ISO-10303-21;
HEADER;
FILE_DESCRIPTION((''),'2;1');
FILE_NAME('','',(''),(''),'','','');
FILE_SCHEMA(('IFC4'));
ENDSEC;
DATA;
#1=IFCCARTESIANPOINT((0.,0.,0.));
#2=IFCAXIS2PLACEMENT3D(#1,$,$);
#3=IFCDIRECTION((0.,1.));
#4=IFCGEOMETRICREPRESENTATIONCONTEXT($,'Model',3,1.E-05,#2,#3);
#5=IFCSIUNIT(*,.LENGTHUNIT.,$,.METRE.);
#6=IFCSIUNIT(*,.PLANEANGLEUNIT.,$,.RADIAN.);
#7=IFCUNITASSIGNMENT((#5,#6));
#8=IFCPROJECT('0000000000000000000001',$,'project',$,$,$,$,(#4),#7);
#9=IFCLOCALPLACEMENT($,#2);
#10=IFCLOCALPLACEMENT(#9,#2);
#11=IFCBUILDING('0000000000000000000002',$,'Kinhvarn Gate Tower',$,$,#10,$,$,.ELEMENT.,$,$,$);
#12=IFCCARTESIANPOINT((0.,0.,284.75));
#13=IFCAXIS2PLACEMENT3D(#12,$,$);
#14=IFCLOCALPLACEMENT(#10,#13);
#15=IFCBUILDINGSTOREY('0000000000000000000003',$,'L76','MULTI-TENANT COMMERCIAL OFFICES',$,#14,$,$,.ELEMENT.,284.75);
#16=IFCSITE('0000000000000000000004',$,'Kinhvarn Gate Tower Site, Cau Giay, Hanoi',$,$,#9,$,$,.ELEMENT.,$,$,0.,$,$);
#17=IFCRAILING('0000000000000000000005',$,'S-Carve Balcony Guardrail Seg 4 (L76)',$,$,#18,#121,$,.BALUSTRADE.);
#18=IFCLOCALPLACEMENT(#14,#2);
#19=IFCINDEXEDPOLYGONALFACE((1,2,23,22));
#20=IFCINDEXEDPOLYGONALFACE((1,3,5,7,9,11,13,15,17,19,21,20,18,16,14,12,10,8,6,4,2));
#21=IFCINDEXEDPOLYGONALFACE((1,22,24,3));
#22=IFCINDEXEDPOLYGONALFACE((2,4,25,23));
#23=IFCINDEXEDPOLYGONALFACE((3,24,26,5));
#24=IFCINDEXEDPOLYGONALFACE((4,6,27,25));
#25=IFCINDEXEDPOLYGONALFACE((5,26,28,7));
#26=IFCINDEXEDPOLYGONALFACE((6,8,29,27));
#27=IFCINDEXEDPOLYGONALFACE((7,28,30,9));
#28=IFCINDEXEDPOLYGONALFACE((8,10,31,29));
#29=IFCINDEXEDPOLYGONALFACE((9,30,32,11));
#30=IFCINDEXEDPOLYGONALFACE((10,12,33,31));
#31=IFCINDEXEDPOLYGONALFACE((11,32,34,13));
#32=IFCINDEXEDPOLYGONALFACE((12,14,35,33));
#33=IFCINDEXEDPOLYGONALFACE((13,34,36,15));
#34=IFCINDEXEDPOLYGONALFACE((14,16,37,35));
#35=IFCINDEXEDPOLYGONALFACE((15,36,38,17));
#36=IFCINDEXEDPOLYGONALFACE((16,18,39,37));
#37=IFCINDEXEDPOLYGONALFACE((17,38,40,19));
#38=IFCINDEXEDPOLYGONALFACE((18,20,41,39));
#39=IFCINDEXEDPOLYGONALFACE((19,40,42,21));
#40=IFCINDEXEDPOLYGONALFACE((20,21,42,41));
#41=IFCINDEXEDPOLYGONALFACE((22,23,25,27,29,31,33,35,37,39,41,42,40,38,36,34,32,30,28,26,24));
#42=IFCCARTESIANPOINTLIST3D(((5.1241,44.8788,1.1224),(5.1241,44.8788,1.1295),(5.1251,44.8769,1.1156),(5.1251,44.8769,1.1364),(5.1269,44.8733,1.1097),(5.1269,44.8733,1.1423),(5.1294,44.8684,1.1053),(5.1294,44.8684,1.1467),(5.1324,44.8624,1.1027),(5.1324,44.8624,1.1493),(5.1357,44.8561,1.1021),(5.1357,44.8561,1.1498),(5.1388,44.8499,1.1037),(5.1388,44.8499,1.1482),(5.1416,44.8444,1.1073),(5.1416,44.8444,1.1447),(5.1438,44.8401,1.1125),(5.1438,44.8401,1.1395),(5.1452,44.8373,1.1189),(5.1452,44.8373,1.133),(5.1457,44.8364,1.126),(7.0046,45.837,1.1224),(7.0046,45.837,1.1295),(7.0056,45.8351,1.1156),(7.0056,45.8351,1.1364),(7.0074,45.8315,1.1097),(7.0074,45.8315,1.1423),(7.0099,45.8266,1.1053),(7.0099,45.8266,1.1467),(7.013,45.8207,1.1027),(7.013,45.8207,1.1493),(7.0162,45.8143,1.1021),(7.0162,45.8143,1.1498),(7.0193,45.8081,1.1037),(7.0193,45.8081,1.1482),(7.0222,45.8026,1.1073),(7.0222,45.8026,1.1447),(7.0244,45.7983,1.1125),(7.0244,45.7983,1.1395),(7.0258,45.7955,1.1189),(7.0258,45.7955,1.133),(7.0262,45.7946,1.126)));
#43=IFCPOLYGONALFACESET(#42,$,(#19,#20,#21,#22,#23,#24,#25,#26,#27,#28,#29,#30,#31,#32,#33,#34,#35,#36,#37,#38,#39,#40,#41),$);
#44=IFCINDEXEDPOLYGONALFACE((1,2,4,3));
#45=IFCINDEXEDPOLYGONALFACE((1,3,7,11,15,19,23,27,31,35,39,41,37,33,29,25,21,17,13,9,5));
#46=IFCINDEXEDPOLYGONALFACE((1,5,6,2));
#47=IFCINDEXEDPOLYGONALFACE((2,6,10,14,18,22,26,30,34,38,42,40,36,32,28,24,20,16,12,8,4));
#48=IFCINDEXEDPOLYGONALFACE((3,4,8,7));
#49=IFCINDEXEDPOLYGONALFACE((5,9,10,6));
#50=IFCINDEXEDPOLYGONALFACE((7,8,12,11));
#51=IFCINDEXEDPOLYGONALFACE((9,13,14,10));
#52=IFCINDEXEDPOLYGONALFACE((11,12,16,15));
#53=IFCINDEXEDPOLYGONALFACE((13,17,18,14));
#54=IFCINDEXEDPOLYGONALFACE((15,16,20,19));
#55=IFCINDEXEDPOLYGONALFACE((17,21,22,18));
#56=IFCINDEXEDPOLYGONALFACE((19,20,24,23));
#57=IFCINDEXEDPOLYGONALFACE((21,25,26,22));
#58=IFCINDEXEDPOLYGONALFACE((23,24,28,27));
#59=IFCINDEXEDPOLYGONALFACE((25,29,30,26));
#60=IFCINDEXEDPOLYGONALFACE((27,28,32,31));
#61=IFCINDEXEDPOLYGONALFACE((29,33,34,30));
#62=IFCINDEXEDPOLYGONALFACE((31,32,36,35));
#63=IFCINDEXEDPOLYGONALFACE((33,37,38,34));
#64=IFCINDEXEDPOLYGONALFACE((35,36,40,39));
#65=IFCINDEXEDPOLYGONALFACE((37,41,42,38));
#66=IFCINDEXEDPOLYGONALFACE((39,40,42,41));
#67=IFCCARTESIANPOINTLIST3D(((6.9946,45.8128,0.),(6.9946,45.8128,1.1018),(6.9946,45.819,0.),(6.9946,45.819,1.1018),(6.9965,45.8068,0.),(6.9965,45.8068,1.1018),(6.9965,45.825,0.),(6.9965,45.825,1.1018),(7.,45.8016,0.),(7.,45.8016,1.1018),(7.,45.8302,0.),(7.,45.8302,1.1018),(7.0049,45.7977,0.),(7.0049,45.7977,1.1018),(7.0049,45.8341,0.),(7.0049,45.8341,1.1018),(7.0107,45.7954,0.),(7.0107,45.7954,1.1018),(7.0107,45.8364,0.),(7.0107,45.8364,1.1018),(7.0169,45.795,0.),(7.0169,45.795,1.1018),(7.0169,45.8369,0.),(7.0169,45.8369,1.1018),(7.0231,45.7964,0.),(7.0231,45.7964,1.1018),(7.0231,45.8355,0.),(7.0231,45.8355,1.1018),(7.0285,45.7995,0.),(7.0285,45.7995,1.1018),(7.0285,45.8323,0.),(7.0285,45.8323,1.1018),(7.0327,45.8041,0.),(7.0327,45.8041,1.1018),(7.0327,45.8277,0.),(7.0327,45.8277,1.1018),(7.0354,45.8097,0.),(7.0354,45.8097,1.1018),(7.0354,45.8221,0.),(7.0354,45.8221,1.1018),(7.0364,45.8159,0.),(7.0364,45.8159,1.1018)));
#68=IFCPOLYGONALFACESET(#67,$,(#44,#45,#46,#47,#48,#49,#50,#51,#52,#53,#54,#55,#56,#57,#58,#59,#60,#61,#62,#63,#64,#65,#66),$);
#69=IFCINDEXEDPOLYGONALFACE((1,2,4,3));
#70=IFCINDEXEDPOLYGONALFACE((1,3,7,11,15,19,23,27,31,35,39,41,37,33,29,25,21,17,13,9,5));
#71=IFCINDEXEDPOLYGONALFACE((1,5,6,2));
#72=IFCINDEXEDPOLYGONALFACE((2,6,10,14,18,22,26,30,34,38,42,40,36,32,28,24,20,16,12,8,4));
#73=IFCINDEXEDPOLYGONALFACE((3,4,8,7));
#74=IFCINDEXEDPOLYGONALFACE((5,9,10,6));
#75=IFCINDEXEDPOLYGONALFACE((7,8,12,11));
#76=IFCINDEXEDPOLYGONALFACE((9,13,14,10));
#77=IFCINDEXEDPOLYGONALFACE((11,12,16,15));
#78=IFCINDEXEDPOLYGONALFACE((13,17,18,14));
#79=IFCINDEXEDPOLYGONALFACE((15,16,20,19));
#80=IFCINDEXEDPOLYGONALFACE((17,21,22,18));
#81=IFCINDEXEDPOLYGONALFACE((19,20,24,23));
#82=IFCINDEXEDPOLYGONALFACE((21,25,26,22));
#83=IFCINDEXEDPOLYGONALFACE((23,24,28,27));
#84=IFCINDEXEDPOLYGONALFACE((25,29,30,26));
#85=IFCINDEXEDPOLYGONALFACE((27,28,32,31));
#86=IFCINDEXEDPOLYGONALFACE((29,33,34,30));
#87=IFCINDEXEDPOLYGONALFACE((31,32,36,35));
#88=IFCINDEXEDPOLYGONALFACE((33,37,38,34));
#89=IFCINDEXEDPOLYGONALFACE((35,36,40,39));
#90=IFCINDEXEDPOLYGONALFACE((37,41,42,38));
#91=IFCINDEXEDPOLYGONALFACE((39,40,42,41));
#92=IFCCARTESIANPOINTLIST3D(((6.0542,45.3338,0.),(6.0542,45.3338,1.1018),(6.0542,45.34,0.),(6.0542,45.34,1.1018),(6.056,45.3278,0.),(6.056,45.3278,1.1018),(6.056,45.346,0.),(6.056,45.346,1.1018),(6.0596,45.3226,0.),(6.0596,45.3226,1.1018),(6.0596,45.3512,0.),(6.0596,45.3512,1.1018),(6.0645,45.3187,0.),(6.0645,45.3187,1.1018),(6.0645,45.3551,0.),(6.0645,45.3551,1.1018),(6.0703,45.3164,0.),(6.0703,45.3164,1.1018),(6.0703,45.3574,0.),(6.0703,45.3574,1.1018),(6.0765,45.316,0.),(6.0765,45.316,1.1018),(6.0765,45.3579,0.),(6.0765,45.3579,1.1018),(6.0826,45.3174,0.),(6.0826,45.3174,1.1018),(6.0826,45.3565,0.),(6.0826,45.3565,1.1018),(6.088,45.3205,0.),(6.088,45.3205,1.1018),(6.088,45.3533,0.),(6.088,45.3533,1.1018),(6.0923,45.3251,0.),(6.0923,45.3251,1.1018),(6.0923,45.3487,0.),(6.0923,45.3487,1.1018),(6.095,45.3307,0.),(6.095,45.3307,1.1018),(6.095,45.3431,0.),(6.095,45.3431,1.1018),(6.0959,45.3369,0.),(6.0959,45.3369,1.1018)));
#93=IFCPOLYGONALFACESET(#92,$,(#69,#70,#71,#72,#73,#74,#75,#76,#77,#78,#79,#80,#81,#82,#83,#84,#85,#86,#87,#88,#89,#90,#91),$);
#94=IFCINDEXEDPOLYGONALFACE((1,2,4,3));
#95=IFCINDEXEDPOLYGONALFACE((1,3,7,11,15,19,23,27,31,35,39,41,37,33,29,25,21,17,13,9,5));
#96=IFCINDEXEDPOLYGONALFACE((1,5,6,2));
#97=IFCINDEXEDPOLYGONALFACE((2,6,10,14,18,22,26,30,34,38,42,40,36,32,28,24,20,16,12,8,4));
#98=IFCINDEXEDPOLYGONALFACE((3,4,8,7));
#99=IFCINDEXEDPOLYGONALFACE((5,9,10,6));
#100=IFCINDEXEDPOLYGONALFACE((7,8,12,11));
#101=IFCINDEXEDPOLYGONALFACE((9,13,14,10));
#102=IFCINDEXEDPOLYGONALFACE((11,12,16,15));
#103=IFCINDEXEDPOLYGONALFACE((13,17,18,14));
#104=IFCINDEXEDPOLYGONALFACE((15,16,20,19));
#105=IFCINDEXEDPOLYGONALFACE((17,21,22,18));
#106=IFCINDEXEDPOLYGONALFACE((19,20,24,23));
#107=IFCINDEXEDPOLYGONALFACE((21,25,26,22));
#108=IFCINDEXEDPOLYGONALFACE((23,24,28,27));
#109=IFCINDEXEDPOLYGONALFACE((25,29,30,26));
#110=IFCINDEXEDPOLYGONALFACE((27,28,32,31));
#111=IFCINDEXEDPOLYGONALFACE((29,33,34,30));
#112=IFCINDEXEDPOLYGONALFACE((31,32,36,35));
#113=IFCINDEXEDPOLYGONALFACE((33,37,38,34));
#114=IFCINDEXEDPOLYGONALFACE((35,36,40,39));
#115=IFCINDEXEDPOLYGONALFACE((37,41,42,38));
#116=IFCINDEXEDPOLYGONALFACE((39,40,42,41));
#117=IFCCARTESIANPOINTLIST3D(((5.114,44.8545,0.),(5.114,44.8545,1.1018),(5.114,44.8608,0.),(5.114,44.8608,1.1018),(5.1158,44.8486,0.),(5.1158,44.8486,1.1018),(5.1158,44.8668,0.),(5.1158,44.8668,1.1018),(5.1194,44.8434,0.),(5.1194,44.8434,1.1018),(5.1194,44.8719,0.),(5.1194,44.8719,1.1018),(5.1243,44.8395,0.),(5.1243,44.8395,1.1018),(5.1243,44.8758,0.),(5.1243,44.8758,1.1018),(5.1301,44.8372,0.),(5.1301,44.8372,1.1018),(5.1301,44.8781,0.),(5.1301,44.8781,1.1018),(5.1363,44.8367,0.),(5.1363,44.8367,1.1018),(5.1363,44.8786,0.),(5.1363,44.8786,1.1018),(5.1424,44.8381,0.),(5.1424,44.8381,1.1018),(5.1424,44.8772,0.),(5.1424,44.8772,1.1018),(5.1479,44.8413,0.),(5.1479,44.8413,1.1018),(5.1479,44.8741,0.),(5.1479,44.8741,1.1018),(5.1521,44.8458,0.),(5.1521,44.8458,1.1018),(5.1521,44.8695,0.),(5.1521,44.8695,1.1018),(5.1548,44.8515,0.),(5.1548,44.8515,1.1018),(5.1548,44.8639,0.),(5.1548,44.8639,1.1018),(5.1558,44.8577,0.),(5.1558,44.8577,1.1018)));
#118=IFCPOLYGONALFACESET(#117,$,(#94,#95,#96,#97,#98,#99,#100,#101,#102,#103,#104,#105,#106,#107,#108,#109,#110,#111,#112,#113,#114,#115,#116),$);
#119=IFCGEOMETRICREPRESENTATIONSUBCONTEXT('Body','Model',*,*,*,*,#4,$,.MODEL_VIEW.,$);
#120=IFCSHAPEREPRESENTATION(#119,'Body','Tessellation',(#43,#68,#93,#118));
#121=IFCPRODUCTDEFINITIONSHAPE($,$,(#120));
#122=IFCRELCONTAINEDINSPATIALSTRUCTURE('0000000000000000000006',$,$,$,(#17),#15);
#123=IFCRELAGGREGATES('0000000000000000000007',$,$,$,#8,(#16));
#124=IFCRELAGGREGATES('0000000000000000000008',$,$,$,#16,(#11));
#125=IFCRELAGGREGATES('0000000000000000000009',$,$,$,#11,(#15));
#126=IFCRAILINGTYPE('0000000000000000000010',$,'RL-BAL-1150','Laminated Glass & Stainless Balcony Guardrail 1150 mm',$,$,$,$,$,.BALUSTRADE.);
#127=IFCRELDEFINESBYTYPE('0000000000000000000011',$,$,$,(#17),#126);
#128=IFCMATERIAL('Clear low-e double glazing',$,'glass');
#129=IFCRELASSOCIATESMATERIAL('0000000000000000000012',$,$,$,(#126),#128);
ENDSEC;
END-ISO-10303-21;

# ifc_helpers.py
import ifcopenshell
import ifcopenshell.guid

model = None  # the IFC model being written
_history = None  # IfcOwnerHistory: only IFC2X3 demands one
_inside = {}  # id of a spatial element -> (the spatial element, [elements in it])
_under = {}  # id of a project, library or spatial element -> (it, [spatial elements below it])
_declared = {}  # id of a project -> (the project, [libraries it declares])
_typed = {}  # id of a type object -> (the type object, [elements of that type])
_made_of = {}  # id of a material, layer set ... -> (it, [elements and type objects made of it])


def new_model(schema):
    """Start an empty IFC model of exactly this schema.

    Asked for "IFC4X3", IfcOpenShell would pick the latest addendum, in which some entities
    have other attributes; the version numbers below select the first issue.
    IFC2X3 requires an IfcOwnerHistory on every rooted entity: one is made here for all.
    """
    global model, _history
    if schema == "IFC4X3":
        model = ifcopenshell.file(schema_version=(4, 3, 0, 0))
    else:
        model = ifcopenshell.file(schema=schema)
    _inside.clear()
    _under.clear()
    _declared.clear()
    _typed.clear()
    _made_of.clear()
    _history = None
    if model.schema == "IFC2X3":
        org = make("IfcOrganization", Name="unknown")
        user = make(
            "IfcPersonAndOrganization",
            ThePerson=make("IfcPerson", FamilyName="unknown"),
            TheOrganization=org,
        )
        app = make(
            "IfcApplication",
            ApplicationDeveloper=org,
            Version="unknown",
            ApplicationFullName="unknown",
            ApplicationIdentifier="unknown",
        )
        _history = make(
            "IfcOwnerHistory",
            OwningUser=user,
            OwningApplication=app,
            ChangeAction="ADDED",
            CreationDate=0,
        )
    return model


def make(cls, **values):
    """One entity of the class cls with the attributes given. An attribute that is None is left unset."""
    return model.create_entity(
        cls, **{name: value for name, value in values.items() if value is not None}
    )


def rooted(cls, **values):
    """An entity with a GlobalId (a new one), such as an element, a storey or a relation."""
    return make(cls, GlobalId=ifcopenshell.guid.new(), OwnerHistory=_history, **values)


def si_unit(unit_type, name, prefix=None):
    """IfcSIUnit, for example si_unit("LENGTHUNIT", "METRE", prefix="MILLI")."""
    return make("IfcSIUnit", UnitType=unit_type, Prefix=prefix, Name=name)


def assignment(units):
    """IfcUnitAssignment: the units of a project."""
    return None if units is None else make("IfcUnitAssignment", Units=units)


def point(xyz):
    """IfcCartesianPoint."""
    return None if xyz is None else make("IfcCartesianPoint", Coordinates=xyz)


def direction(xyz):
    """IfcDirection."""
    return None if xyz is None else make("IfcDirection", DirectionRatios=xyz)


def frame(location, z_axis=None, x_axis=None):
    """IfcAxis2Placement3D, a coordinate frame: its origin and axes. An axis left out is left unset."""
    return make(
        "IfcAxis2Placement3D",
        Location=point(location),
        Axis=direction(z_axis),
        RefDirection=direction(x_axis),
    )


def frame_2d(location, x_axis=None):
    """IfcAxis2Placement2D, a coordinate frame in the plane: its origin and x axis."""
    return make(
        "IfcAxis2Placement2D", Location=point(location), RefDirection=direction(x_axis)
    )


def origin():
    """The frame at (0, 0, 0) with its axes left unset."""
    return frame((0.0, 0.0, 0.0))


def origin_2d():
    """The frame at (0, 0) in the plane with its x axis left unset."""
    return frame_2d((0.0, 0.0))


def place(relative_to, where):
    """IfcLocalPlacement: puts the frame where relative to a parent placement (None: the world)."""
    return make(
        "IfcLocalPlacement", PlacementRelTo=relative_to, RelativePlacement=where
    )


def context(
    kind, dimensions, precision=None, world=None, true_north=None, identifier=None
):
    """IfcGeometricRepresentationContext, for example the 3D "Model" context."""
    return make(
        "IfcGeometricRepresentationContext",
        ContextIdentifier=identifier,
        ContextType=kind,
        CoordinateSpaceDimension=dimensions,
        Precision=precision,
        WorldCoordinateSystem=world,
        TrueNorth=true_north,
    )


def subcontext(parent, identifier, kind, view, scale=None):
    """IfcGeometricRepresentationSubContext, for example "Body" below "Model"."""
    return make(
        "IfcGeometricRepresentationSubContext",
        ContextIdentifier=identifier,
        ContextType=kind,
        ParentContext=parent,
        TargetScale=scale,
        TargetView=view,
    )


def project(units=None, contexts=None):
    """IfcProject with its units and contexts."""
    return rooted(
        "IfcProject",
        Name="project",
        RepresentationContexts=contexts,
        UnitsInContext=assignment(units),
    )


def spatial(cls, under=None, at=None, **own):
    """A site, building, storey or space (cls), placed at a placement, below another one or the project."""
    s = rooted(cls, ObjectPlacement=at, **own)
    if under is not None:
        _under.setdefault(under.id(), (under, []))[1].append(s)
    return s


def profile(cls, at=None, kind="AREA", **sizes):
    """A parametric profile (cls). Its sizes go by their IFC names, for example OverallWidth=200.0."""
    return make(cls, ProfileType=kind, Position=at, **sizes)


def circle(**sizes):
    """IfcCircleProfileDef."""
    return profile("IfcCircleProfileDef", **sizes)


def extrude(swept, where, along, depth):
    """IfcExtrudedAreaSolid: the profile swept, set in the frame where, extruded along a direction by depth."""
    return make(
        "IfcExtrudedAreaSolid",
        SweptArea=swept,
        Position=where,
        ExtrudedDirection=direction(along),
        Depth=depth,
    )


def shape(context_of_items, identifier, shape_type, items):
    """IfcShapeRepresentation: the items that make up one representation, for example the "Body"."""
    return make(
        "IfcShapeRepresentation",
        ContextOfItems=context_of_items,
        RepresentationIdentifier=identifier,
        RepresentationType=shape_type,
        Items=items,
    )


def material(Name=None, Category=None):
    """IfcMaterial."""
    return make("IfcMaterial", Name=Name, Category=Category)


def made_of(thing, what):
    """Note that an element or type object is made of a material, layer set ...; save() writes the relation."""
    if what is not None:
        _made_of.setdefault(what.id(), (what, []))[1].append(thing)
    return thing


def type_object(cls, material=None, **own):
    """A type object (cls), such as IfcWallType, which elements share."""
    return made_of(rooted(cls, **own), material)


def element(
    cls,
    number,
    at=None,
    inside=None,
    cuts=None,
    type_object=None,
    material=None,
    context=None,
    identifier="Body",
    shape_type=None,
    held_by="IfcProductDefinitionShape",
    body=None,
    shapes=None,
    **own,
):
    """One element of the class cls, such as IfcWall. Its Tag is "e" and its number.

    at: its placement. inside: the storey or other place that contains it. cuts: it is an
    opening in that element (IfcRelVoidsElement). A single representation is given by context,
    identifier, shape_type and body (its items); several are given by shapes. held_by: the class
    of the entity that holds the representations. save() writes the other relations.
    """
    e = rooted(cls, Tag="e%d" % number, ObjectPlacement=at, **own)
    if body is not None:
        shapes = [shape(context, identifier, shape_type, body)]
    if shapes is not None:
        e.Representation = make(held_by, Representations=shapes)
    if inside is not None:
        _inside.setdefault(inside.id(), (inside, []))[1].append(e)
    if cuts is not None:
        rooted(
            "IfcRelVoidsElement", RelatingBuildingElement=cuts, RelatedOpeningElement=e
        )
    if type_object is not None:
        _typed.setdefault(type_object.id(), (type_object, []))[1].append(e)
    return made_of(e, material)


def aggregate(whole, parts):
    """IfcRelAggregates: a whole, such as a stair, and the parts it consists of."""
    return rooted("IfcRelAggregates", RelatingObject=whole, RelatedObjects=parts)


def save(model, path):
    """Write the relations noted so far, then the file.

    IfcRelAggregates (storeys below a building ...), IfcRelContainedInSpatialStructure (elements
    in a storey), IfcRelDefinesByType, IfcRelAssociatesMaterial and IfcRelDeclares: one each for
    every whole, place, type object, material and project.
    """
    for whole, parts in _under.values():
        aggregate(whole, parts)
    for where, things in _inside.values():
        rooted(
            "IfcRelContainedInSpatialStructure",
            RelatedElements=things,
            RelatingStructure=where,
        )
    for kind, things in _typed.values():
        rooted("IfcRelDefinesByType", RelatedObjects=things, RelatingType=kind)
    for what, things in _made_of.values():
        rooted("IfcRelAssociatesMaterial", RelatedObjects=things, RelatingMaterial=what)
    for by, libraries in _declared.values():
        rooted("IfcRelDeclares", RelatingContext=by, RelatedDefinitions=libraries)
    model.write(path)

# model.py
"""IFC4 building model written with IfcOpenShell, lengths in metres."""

from ifc_helpers import new_model, si_unit, direction, frame, origin, origin_2d, place, context, subcontext, project, spatial, circle, extrude, material, type_object, element, save


model = new_model("IFC4")

# Units and contexts
model_context = context("Model", 3, precision=1e-05, world=origin(), true_north=direction((0.0, 1.0)))
body_context = subcontext(model_context, "Body", "Model", "MODEL_VIEW")
ifc_project = project(units=[si_unit("LENGTHUNIT", "METRE"), si_unit("PLANEANGLEUNIT", "RADIAN")], contexts=[model_context])

# Site, building, storey
site_placement = place(None, origin())
site = spatial("IfcSite", under=ifc_project, at=site_placement, Name="Kinhvarn Gate Tower Site, Cau Giay, Hanoi", CompositionType="ELEMENT", RefElevation=0.0)
building_placement = place(site_placement, origin())
building = spatial("IfcBuilding", under=site, at=building_placement, Name="Kinhvarn Gate Tower", CompositionType="ELEMENT")
storey_placement = place(building_placement, frame((0.0, 0.0, 284.75)))
storey = spatial("IfcBuildingStorey", under=building, at=storey_placement, Name="L76", Description="MULTI-TENANT COMMERCIAL OFFICES", CompositionType="ELEMENT", Elevation=284.75)

# Shared definitions
ifc_material_1 = material(Name="Clear low-e double glazing", Category="glass")

# Railing
railing_type = type_object("IfcRailingType", Name="RL-BAL-1150", Description="Laminated Glass & Stainless Balcony Guardrail 1150 mm", PredefinedType="BALUSTRADE", material=ifc_material_1)
railing_1_placement = place(storey_placement, frame((7.0154, 45.8159, 0.0)))
element("IfcRailing", 1, at=railing_1_placement, inside=storey, type_object=railing_type, Name="S-Carve Balcony Guardrail Seg 4 (L76)", PredefinedType="BALUSTRADE", context=body_context, shape_type="SweptSolid", body=[
    extrude(circle(Radius=0.0239, at=origin_2d()), frame((0.0, 0.0, 1.126), z_axis=(-0.891001, -0.454002, 0.0), x_axis=(0.454002, -0.891001, 0.0)), (0.0, 0.0, 1.0), 2.1106),
    extrude(circle(Radius=0.021, at=origin_2d()), origin(), (0.0, 0.0, 1.0), 1.1018),
    extrude(circle(Radius=0.021, at=origin_2d()), frame((-0.9404, -0.479, 0.0)), (0.0, 0.0, 1.0), 1.1018),
    extrude(circle(Radius=0.021, at=origin_2d()), frame((-1.8806, -0.9583, 0.0)), (0.0, 0.0, 1.0), 1.1018),
])

save(model, "model.ifc")
